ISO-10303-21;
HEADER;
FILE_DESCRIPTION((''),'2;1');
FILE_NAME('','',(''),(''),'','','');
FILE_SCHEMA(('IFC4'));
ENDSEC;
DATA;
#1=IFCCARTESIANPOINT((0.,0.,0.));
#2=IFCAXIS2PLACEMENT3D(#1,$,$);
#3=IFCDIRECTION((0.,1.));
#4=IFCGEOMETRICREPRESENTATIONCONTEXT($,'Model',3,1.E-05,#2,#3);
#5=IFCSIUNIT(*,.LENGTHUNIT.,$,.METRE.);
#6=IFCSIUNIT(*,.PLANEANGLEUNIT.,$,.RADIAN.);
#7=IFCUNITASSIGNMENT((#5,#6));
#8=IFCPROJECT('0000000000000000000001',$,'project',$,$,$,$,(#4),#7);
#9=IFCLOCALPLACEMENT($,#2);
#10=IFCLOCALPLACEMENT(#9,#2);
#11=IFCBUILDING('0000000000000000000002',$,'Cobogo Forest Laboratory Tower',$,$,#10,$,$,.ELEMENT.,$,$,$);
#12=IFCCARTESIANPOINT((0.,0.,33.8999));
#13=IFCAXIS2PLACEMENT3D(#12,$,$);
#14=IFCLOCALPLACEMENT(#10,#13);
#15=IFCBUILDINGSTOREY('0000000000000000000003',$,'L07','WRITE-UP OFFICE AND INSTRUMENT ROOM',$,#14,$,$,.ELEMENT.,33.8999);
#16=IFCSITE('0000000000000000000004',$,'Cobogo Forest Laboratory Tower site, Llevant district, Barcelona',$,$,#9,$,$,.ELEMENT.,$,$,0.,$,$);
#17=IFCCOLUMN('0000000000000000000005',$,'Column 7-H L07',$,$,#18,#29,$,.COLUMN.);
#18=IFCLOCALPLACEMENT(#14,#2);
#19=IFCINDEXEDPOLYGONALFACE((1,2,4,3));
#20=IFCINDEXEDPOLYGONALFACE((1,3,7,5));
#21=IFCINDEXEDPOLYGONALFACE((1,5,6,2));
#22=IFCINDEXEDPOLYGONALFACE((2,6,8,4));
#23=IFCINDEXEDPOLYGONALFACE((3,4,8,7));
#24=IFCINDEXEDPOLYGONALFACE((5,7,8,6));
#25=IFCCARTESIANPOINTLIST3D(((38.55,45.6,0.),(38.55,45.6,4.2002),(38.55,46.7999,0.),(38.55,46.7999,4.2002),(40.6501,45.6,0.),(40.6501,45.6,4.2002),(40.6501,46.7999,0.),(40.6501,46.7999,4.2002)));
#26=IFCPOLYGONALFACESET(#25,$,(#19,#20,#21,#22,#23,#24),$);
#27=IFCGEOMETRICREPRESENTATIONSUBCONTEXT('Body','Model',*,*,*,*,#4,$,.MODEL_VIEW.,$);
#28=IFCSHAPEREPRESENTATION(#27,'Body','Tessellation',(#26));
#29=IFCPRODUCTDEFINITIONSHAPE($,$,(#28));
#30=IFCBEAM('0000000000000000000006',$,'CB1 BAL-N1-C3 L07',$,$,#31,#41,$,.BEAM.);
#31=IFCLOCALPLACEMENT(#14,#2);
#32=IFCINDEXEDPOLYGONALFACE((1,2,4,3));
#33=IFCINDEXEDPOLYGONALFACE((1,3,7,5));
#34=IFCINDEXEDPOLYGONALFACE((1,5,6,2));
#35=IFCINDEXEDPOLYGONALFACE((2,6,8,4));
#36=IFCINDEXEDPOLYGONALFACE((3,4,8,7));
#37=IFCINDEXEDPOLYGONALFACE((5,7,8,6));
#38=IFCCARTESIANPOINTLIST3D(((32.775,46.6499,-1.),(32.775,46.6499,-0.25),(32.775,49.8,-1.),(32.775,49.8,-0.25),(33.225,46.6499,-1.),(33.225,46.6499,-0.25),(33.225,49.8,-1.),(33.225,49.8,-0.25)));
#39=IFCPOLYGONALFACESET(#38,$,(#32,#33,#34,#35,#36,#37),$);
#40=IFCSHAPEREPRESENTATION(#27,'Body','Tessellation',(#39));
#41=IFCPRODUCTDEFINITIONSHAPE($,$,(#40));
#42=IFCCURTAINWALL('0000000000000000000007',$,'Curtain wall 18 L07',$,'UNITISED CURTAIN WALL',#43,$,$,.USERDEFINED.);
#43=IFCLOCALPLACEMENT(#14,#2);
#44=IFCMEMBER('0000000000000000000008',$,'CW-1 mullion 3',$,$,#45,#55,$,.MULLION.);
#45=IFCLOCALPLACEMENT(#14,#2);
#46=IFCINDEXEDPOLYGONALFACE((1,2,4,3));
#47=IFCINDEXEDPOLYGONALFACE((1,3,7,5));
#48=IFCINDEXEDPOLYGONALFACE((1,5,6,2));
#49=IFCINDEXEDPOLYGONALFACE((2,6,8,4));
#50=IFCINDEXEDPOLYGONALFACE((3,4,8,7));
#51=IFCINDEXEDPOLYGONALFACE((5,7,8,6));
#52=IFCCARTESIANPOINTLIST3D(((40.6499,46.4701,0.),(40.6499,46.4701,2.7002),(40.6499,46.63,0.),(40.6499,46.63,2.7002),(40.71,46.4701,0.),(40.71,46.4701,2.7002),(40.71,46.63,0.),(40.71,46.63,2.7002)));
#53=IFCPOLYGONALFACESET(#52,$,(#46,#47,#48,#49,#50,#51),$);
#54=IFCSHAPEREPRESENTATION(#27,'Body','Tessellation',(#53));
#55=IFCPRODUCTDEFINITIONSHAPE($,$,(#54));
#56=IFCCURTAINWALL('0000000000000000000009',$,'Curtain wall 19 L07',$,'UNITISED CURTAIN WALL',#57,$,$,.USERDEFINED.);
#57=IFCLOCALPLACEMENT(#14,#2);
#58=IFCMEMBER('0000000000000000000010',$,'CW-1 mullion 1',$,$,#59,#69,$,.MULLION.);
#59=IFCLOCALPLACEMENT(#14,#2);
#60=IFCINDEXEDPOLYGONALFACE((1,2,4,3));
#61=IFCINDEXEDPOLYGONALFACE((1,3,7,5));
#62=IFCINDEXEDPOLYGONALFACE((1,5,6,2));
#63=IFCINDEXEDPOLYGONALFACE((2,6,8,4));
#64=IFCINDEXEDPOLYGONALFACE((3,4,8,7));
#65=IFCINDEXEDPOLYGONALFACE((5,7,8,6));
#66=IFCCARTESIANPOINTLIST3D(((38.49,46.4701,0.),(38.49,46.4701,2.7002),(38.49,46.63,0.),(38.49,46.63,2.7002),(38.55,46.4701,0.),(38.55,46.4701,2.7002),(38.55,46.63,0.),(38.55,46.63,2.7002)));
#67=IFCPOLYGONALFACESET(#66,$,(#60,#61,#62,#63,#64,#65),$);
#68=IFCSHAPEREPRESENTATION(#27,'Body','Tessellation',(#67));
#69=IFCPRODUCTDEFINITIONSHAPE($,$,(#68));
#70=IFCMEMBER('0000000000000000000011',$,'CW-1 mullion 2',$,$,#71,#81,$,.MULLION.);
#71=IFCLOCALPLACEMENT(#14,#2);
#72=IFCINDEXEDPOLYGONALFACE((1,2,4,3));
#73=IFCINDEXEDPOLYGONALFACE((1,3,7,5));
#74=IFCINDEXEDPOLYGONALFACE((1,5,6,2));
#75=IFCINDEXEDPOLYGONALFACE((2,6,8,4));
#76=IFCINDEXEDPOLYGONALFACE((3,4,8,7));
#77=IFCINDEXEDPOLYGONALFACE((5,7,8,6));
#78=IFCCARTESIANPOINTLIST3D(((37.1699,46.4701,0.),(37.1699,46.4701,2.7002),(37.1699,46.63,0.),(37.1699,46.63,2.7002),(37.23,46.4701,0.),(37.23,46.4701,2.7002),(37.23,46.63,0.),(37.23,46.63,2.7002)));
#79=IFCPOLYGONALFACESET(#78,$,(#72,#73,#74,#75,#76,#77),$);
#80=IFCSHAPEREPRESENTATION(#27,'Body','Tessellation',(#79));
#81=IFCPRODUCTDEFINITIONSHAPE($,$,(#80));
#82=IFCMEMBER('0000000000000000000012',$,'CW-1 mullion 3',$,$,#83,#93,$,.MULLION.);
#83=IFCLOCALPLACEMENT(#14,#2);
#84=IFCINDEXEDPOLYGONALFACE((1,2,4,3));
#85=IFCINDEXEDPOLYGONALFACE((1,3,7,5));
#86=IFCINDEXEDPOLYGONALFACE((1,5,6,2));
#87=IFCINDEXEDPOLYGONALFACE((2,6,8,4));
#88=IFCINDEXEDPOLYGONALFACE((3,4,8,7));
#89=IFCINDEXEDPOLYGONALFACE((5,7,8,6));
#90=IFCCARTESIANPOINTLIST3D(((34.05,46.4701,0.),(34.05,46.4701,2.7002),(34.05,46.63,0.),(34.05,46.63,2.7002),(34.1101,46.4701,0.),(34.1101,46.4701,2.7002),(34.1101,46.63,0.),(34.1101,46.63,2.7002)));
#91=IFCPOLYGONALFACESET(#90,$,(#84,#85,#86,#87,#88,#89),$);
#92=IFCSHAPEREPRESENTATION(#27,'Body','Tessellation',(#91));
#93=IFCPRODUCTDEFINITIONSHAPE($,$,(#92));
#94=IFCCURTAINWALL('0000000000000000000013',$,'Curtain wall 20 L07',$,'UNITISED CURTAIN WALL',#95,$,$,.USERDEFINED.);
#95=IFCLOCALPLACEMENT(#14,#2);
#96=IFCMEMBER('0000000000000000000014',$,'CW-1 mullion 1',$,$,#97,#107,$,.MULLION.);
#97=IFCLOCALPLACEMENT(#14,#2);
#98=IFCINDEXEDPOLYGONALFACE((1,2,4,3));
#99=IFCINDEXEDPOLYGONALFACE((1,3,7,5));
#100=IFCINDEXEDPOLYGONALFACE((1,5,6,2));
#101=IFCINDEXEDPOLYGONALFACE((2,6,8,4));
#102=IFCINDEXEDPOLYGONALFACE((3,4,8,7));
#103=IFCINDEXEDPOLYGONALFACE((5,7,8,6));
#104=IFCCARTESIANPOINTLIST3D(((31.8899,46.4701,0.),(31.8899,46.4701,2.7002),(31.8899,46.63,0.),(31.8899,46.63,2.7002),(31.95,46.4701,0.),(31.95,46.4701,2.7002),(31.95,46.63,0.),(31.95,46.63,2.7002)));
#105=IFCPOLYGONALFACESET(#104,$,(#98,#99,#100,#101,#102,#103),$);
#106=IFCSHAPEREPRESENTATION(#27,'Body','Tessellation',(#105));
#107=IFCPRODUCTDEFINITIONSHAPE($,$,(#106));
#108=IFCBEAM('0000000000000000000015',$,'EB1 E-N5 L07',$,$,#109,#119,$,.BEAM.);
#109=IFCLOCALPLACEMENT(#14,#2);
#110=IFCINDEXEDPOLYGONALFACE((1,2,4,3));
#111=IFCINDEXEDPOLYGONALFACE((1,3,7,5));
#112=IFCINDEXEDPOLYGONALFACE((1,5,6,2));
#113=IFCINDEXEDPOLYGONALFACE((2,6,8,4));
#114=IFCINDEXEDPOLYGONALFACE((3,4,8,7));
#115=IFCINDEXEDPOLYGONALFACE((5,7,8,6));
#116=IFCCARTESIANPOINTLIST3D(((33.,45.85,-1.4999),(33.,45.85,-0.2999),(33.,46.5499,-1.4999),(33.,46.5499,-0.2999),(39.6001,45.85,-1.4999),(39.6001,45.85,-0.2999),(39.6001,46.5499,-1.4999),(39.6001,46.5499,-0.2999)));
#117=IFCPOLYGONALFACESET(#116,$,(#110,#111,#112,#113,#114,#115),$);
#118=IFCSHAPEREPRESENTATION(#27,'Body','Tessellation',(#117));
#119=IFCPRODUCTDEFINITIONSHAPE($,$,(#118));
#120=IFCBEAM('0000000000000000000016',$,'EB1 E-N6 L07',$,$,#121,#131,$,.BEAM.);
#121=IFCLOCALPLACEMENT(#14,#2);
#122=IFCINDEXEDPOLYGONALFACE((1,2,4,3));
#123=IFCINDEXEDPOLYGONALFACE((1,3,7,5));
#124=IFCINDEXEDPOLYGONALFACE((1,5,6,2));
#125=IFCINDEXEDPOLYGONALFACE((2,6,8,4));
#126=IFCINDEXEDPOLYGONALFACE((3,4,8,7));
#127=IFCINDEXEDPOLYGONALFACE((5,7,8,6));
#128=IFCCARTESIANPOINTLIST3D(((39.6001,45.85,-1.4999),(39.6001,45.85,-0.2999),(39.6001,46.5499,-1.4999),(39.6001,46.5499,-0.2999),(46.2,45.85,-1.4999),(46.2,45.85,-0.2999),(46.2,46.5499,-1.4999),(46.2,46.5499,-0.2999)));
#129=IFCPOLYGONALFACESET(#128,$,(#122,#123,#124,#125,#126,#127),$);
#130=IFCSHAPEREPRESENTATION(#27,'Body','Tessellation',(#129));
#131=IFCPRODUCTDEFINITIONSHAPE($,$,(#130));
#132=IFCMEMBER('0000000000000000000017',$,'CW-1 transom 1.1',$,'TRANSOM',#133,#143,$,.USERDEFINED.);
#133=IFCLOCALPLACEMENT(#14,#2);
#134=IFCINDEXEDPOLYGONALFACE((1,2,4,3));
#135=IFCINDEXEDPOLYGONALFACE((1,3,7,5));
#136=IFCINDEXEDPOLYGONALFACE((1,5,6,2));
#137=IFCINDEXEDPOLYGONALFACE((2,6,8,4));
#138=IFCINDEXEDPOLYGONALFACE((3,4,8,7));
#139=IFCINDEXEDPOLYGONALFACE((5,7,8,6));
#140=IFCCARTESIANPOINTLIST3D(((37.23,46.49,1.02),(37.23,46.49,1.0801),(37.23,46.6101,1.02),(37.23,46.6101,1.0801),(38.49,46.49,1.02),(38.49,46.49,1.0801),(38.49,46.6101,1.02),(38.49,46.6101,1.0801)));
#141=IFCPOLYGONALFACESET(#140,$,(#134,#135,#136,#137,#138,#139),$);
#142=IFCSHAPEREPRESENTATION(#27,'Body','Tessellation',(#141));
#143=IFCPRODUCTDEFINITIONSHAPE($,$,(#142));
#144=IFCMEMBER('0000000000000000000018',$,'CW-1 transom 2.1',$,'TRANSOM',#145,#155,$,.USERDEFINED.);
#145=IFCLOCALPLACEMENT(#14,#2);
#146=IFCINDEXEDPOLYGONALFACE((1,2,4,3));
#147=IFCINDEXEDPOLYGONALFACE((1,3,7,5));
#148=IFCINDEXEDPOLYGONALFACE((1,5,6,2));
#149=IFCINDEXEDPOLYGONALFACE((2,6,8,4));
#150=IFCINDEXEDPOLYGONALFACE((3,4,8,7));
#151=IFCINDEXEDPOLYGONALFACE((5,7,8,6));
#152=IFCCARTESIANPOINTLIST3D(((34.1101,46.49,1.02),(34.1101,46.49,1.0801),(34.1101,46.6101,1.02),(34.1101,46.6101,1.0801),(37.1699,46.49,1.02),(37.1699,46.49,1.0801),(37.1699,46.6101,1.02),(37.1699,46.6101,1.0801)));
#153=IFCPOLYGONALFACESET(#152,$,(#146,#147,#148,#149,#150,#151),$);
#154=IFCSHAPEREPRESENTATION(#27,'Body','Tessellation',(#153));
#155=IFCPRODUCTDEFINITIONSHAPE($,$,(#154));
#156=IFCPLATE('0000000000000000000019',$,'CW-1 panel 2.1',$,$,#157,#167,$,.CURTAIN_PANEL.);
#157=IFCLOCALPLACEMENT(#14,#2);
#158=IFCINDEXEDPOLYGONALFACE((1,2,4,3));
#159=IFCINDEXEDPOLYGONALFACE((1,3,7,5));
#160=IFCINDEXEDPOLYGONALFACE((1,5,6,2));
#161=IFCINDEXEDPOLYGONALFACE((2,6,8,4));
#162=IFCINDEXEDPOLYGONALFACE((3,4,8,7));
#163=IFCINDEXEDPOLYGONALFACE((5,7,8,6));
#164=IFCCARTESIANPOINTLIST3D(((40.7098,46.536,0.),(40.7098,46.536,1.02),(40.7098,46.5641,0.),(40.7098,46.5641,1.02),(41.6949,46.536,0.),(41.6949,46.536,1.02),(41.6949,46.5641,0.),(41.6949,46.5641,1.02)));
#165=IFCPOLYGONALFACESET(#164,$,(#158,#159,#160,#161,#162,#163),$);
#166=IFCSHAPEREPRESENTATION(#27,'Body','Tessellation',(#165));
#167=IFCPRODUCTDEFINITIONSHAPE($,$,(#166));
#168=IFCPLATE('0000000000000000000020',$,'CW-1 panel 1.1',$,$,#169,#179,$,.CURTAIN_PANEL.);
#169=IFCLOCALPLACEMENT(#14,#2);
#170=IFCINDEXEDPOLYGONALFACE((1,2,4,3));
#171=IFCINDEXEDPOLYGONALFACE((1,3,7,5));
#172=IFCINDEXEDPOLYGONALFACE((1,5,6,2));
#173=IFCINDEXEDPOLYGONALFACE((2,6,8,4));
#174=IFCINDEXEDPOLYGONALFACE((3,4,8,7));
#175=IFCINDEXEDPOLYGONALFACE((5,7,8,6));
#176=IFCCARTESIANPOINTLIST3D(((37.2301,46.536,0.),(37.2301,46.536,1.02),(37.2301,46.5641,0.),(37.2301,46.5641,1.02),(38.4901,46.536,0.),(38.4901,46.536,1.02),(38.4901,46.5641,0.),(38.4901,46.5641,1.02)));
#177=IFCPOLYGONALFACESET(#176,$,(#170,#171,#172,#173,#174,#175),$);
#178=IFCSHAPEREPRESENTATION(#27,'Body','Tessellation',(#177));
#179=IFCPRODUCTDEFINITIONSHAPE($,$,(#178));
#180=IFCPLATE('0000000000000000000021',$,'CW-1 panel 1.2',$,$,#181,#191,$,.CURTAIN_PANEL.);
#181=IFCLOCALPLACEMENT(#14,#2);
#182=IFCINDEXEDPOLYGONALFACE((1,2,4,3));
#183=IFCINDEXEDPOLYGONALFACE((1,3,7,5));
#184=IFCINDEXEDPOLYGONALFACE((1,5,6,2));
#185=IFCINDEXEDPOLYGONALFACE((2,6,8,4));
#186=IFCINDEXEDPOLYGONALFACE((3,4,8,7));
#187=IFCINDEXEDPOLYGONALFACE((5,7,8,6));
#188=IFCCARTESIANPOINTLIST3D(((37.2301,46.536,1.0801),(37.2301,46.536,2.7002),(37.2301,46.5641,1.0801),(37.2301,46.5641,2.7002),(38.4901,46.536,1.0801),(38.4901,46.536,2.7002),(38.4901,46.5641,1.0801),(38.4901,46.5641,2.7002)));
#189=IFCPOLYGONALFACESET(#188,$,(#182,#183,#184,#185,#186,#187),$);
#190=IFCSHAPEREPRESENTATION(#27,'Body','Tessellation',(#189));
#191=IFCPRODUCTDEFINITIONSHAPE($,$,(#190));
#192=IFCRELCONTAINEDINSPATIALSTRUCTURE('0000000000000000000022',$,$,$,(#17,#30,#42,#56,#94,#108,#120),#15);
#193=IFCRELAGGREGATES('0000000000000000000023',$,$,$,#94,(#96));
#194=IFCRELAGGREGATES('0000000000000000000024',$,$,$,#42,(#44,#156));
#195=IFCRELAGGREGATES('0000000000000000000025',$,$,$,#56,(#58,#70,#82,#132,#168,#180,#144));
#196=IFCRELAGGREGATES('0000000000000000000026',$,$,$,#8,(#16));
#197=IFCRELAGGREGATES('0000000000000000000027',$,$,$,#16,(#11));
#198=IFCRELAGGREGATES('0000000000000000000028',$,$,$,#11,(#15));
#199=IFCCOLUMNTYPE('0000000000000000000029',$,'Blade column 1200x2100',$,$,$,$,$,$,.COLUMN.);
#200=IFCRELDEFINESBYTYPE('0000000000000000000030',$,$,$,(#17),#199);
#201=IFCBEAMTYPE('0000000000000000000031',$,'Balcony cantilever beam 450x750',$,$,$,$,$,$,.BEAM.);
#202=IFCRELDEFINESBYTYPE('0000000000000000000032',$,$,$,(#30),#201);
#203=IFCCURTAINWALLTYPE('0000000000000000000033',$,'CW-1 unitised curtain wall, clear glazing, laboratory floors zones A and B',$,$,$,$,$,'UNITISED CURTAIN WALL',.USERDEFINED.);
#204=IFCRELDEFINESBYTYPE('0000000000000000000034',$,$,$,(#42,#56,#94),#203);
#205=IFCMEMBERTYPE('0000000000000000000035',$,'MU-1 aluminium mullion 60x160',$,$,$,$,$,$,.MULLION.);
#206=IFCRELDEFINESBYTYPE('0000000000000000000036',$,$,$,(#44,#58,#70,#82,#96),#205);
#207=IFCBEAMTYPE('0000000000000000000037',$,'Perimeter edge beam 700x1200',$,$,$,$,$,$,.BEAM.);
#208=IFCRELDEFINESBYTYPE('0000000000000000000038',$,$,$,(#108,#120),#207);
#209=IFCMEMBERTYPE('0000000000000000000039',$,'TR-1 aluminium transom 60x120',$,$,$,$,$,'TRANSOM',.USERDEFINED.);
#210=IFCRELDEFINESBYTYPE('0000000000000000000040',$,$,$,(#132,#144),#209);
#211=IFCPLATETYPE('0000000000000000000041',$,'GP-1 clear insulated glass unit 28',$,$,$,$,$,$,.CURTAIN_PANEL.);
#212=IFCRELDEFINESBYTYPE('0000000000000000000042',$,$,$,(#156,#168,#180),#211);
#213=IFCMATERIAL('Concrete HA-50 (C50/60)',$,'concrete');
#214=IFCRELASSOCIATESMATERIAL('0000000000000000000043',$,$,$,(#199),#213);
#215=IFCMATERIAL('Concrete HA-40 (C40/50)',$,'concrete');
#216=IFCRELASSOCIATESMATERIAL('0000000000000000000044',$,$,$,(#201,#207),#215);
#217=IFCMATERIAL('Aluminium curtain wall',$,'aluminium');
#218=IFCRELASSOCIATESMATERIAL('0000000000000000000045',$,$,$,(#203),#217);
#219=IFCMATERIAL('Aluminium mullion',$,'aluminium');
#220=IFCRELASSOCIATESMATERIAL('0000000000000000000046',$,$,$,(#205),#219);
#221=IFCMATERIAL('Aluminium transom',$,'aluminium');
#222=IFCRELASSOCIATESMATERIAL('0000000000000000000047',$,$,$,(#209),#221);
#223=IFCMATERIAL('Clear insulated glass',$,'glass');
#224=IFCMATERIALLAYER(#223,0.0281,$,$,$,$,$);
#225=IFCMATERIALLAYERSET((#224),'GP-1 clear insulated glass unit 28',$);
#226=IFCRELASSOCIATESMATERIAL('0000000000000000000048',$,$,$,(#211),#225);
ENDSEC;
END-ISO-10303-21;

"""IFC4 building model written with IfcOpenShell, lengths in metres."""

from ifc_helpers import new_model, si_unit, direction, frame, origin, origin_2d, place, context, subcontext, project, spatial, rectangle, extrude, material, layer, layer_set, material_profile, profile_set, type_object, element, aggregate, save


model = new_model("IFC4")

# Units and contexts
model_context = context("Model", 3, precision=1e-05, world=origin(), true_north=direction((0.0, 1.0)))
body_context = subcontext(model_context, "Body", "Model", "MODEL_VIEW")
ifc_project = project(units=[si_unit("LENGTHUNIT", "METRE"), si_unit("PLANEANGLEUNIT", "RADIAN")], contexts=[model_context])

# Site, building, storey
site_placement = place(None, origin())
site = spatial("IfcSite", under=ifc_project, at=site_placement, Name="Cobogo Forest Laboratory Tower site, Llevant district, Barcelona", CompositionType="ELEMENT", RefElevation=0.0)
building_placement = place(site_placement, origin())
building = spatial("IfcBuilding", under=site, at=building_placement, Name="Cobogo Forest Laboratory Tower", CompositionType="ELEMENT")
storey_placement = place(building_placement, frame((0.0, 0.0, 33.8999)))
storey = spatial("IfcBuildingStorey", under=building, at=storey_placement, Name="L07", Description="WRITE-UP OFFICE AND INSTRUMENT ROOM", CompositionType="ELEMENT", Elevation=33.8999)

# Column
ifc_material_1 = material(Name="Concrete HA-50 (C50/60)", Category="concrete")
ifc_material_profile_1 = material_profile(ifc_material_1, rectangle(XDim=2.1001, YDim=1.2, at=origin_2d()), Name="RC 1200x2100")
ifc_profile_set_1 = profile_set([ifc_material_profile_1], Name="Concrete HA-50 (C50/60)")
column_type = type_object("IfcColumnType", Name="Blade column 1200x2100", PredefinedType="COLUMN", material=ifc_profile_set_1)
column_placement = place(storey_placement, frame((39.6001, 46.2, 0.0), z_axis=(0.0, 0.0, 1.0), x_axis=(1.0, 0.0, 0.0)))
element("IfcColumn", 1, at=column_placement, inside=storey, type_object=column_type, Name="Column 7-H L07", PredefinedType="COLUMN", context=body_context, shape_type="SweptSolid", body=[
    extrude(rectangle(XDim=2.1001, YDim=1.2, at=origin_2d()), origin(), (0.0, 0.0, 1.0), 4.2002),
])

# Beam
ifc_material_2 = material(Name="Concrete HA-40 (C40/50)", Category="concrete")
ifc_material_profile_2 = material_profile(ifc_material_2, rectangle(XDim=0.45, YDim=0.75, at=origin_2d()), Name="RC 450x750")
ifc_profile_set_2 = profile_set([ifc_material_profile_2], Name="Concrete HA-40 (C40/50)")
beam_type_1 = type_object("IfcBeamType", Name="Balcony cantilever beam 450x750", PredefinedType="BEAM", material=ifc_profile_set_2)
beam_1_placement = place(storey_placement, frame((33.0, 46.6499, -0.625), z_axis=(0.0, 1.0, 0.0), x_axis=(-1.0, 0.0, 0.0)))
element("IfcBeam", 2, at=beam_1_placement, inside=storey, type_object=beam_type_1, Name="CB1 BAL-N1-C3 L07", PredefinedType="BEAM", context=body_context, shape_type="SweptSolid", body=[
    extrude(rectangle(XDim=0.45, YDim=0.75, at=origin_2d()), origin(), (0.0, 0.0, 1.0), 3.1501),
])

# Curtain wall, member
ifc_material_3 = material(Name="Aluminium curtain wall", Category="aluminium")
curtain_wall_type = type_object("IfcCurtainWallType", Name="CW-1 unitised curtain wall, clear glazing, laboratory floors zones A and B", ElementType="UNITISED CURTAIN WALL", PredefinedType="USERDEFINED", material=ifc_material_3)
curtain_wall_1_placement = place(storey_placement, origin())
curtain_wall_1 = element("IfcCurtainWall", 3, at=curtain_wall_1_placement, inside=storey, type_object=curtain_wall_type, Name="Curtain wall 18 L07", ObjectType="UNITISED CURTAIN WALL", PredefinedType="USERDEFINED")
ifc_material_4 = material(Name="Aluminium mullion", Category="aluminium")
ifc_material_profile_3 = material_profile(ifc_material_4, rectangle(XDim=0.0601, YDim=0.1599, at=origin_2d()), Name="AL 60x160")
ifc_profile_set_3 = profile_set([ifc_material_profile_3], Name="Aluminium mullion")
member_type_1 = type_object("IfcMemberType", Name="MU-1 aluminium mullion 60x160", PredefinedType="MULLION", material=ifc_profile_set_3)
member_1_placement = place(storey_placement, frame((40.6799, 46.55, 0.0), z_axis=(0.0, 0.0, 1.0), x_axis=(-1.0, 0.0, 0.0)))
member_1 = element("IfcMember", 4, at=member_1_placement, type_object=member_type_1, Name="CW-1 mullion 3", PredefinedType="MULLION", context=body_context, shape_type="SweptSolid", body=[
    extrude(rectangle(XDim=0.0601, YDim=0.1599, at=origin_2d()), origin(), (0.0, 0.0, 1.0), 2.7002),
])

# Curtain wall, members
curtain_wall_2_placement = place(storey_placement, origin())
curtain_wall_2 = element("IfcCurtainWall", 5, at=curtain_wall_2_placement, inside=storey, type_object=curtain_wall_type, Name="Curtain wall 19 L07", ObjectType="UNITISED CURTAIN WALL", PredefinedType="USERDEFINED")
member_2_placement = place(storey_placement, frame((38.52, 46.55, 0.0), z_axis=(0.0, 0.0, 1.0), x_axis=(-1.0, 0.0, 0.0)))
member_2 = element("IfcMember", 6, at=member_2_placement, type_object=member_type_1, Name="CW-1 mullion 1", PredefinedType="MULLION", context=body_context, shape_type="SweptSolid", body=[
    extrude(rectangle(XDim=0.0601, YDim=0.1599, at=origin_2d()), origin(), (0.0, 0.0, 1.0), 2.7002),
])
member_3_placement = place(storey_placement, frame((37.2, 46.55, 0.0), z_axis=(0.0, 0.0, 1.0), x_axis=(-1.0, 0.0, 0.0)))
member_3 = element("IfcMember", 7, at=member_3_placement, type_object=member_type_1, Name="CW-1 mullion 2", PredefinedType="MULLION", context=body_context, shape_type="SweptSolid", body=[
    extrude(rectangle(XDim=0.0601, YDim=0.1599, at=origin_2d()), origin(), (0.0, 0.0, 1.0), 2.7002),
])
member_4_placement = place(storey_placement, frame((34.0801, 46.55, 0.0), z_axis=(0.0, 0.0, 1.0), x_axis=(-1.0, 0.0, 0.0)))
member_4 = element("IfcMember", 8, at=member_4_placement, type_object=member_type_1, Name="CW-1 mullion 3", PredefinedType="MULLION", context=body_context, shape_type="SweptSolid", body=[
    extrude(rectangle(XDim=0.0601, YDim=0.1599, at=origin_2d()), origin(), (0.0, 0.0, 1.0), 2.7002),
])

# Curtain wall, member
curtain_wall_3_placement = place(storey_placement, origin())
curtain_wall_3 = element("IfcCurtainWall", 9, at=curtain_wall_3_placement, inside=storey, type_object=curtain_wall_type, Name="Curtain wall 20 L07", ObjectType="UNITISED CURTAIN WALL", PredefinedType="USERDEFINED")
member_5_placement = place(storey_placement, frame((31.9199, 46.55, 0.0), z_axis=(0.0, 0.0, 1.0), x_axis=(-1.0, 0.0, 0.0)))
member_5 = element("IfcMember", 10, at=member_5_placement, type_object=member_type_1, Name="CW-1 mullion 1", PredefinedType="MULLION", context=body_context, shape_type="SweptSolid", body=[
    extrude(rectangle(XDim=0.0601, YDim=0.1599, at=origin_2d()), origin(), (0.0, 0.0, 1.0), 2.7002),
])
aggregate(curtain_wall_3, [member_5])

# Beams
ifc_material_profile_4 = material_profile(ifc_material_2, rectangle(XDim=0.7, YDim=1.2, at=origin_2d()), Name="RC 700x1200")
ifc_profile_set_4 = profile_set([ifc_material_profile_4], Name="Concrete HA-40 (C40/50)")
beam_type_2 = type_object("IfcBeamType", Name="Perimeter edge beam 700x1200", PredefinedType="BEAM", material=ifc_profile_set_4)
beam_2_placement = place(storey_placement, frame((33.0, 46.2, -0.8999), z_axis=(1.0, 0.0, 0.0), x_axis=(0.0, 1.0, 0.0)))
element("IfcBeam", 11, at=beam_2_placement, inside=storey, type_object=beam_type_2, Name="EB1 E-N5 L07", PredefinedType="BEAM", context=body_context, shape_type="SweptSolid", body=[
    extrude(rectangle(XDim=0.7, YDim=1.2, at=origin_2d()), origin(), (0.0, 0.0, 1.0), 6.6001),
])
beam_3_placement = place(storey_placement, frame((39.6001, 46.2, -0.8999), z_axis=(1.0, 0.0, 0.0), x_axis=(0.0, 1.0, 0.0)))
element("IfcBeam", 12, at=beam_3_placement, inside=storey, type_object=beam_type_2, Name="EB1 E-N6 L07", PredefinedType="BEAM", context=body_context, shape_type="SweptSolid", body=[
    extrude(rectangle(XDim=0.7, YDim=1.2, at=origin_2d()), origin(), (0.0, 0.0, 1.0), 6.5999),
])

# Members
ifc_material_5 = material(Name="Aluminium transom", Category="aluminium")
ifc_material_profile_5 = material_profile(ifc_material_5, rectangle(XDim=0.1201, YDim=0.0601, at=origin_2d()), Name="AL 60x120")
ifc_profile_set_5 = profile_set([ifc_material_profile_5], Name="Aluminium transom")
member_type_2 = type_object("IfcMemberType", Name="TR-1 aluminium transom 60x120", ElementType="TRANSOM", PredefinedType="USERDEFINED", material=ifc_profile_set_5)
member_6_placement = place(storey_placement, frame((38.49, 46.55, 1.05), z_axis=(-1.0, 0.0, 0.0), x_axis=(0.0, -1.0, 0.0)))
member_6 = element("IfcMember", 13, at=member_6_placement, type_object=member_type_2, Name="CW-1 transom 1.1", ObjectType="TRANSOM", PredefinedType="USERDEFINED", context=body_context, shape_type="SweptSolid", body=[
    extrude(rectangle(XDim=0.1201, YDim=0.0601, at=origin_2d()), origin(), (0.0, 0.0, 1.0), 1.26),
])
member_7_placement = place(storey_placement, frame((37.1699, 46.55, 1.05), z_axis=(-1.0, 0.0, 0.0), x_axis=(0.0, -1.0, 0.0)))
member_7 = element("IfcMember", 14, at=member_7_placement, type_object=member_type_2, Name="CW-1 transom 2.1", ObjectType="TRANSOM", PredefinedType="USERDEFINED", context=body_context, shape_type="SweptSolid", body=[
    extrude(rectangle(XDim=0.1201, YDim=0.0601, at=origin_2d()), origin(), (0.0, 0.0, 1.0), 3.0598),
])

# Plates
ifc_material_6 = material(Name="Clear insulated glass", Category="glass")
ifc_layer_1 = layer(ifc_material_6, 0.0281)
ifc_layer_set_1 = layer_set([ifc_layer_1], Name="GP-1 clear insulated glass unit 28")
plate_type_1 = type_object("IfcPlateType", Name="GP-1 clear insulated glass unit 28", PredefinedType="CURTAIN_PANEL", material=ifc_layer_set_1)
plate_1_placement = place(storey_placement, frame((41.2024, 46.55, 0.0), z_axis=(0.0, 0.0, 1.0), x_axis=(-1.0, 0.0, 0.0)))
plate_1 = element("IfcPlate", 15, at=plate_1_placement, type_object=plate_type_1, Name="CW-1 panel 2.1", PredefinedType="CURTAIN_PANEL", context=body_context, shape_type="SweptSolid", body=[
    extrude(rectangle(XDim=0.9851, YDim=0.0281, at=origin_2d()), origin(), (0.0, 0.0, 1.0), 1.02),
])
aggregate(curtain_wall_1, [member_1, plate_1])
plate_2_placement = place(storey_placement, frame((37.8601, 46.55, 0.0), z_axis=(0.0, 0.0, 1.0), x_axis=(-1.0, 0.0, 0.0)))
plate_2 = element("IfcPlate", 16, at=plate_2_placement, type_object=plate_type_1, Name="CW-1 panel 1.1", PredefinedType="CURTAIN_PANEL", context=body_context, shape_type="SweptSolid", body=[
    extrude(rectangle(XDim=1.26, YDim=0.0281, at=origin_2d()), origin(), (0.0, 0.0, 1.0), 1.02),
])
plate_3_placement = place(storey_placement, frame((37.8601, 46.55, 1.0801), z_axis=(0.0, 0.0, 1.0), x_axis=(-1.0, 0.0, 0.0)))
plate_3 = element("IfcPlate", 17, at=plate_3_placement, type_object=plate_type_1, Name="CW-1 panel 1.2", PredefinedType="CURTAIN_PANEL", context=body_context, shape_type="SweptSolid", body=[
    extrude(rectangle(XDim=1.26, YDim=0.0281, at=origin_2d()), origin(), (0.0, 0.0, 1.0), 1.6201),
])
aggregate(curtain_wall_2, [member_2, member_3, member_4, member_6, plate_2, plate_3, member_7])

save(model, "model.ifc")
